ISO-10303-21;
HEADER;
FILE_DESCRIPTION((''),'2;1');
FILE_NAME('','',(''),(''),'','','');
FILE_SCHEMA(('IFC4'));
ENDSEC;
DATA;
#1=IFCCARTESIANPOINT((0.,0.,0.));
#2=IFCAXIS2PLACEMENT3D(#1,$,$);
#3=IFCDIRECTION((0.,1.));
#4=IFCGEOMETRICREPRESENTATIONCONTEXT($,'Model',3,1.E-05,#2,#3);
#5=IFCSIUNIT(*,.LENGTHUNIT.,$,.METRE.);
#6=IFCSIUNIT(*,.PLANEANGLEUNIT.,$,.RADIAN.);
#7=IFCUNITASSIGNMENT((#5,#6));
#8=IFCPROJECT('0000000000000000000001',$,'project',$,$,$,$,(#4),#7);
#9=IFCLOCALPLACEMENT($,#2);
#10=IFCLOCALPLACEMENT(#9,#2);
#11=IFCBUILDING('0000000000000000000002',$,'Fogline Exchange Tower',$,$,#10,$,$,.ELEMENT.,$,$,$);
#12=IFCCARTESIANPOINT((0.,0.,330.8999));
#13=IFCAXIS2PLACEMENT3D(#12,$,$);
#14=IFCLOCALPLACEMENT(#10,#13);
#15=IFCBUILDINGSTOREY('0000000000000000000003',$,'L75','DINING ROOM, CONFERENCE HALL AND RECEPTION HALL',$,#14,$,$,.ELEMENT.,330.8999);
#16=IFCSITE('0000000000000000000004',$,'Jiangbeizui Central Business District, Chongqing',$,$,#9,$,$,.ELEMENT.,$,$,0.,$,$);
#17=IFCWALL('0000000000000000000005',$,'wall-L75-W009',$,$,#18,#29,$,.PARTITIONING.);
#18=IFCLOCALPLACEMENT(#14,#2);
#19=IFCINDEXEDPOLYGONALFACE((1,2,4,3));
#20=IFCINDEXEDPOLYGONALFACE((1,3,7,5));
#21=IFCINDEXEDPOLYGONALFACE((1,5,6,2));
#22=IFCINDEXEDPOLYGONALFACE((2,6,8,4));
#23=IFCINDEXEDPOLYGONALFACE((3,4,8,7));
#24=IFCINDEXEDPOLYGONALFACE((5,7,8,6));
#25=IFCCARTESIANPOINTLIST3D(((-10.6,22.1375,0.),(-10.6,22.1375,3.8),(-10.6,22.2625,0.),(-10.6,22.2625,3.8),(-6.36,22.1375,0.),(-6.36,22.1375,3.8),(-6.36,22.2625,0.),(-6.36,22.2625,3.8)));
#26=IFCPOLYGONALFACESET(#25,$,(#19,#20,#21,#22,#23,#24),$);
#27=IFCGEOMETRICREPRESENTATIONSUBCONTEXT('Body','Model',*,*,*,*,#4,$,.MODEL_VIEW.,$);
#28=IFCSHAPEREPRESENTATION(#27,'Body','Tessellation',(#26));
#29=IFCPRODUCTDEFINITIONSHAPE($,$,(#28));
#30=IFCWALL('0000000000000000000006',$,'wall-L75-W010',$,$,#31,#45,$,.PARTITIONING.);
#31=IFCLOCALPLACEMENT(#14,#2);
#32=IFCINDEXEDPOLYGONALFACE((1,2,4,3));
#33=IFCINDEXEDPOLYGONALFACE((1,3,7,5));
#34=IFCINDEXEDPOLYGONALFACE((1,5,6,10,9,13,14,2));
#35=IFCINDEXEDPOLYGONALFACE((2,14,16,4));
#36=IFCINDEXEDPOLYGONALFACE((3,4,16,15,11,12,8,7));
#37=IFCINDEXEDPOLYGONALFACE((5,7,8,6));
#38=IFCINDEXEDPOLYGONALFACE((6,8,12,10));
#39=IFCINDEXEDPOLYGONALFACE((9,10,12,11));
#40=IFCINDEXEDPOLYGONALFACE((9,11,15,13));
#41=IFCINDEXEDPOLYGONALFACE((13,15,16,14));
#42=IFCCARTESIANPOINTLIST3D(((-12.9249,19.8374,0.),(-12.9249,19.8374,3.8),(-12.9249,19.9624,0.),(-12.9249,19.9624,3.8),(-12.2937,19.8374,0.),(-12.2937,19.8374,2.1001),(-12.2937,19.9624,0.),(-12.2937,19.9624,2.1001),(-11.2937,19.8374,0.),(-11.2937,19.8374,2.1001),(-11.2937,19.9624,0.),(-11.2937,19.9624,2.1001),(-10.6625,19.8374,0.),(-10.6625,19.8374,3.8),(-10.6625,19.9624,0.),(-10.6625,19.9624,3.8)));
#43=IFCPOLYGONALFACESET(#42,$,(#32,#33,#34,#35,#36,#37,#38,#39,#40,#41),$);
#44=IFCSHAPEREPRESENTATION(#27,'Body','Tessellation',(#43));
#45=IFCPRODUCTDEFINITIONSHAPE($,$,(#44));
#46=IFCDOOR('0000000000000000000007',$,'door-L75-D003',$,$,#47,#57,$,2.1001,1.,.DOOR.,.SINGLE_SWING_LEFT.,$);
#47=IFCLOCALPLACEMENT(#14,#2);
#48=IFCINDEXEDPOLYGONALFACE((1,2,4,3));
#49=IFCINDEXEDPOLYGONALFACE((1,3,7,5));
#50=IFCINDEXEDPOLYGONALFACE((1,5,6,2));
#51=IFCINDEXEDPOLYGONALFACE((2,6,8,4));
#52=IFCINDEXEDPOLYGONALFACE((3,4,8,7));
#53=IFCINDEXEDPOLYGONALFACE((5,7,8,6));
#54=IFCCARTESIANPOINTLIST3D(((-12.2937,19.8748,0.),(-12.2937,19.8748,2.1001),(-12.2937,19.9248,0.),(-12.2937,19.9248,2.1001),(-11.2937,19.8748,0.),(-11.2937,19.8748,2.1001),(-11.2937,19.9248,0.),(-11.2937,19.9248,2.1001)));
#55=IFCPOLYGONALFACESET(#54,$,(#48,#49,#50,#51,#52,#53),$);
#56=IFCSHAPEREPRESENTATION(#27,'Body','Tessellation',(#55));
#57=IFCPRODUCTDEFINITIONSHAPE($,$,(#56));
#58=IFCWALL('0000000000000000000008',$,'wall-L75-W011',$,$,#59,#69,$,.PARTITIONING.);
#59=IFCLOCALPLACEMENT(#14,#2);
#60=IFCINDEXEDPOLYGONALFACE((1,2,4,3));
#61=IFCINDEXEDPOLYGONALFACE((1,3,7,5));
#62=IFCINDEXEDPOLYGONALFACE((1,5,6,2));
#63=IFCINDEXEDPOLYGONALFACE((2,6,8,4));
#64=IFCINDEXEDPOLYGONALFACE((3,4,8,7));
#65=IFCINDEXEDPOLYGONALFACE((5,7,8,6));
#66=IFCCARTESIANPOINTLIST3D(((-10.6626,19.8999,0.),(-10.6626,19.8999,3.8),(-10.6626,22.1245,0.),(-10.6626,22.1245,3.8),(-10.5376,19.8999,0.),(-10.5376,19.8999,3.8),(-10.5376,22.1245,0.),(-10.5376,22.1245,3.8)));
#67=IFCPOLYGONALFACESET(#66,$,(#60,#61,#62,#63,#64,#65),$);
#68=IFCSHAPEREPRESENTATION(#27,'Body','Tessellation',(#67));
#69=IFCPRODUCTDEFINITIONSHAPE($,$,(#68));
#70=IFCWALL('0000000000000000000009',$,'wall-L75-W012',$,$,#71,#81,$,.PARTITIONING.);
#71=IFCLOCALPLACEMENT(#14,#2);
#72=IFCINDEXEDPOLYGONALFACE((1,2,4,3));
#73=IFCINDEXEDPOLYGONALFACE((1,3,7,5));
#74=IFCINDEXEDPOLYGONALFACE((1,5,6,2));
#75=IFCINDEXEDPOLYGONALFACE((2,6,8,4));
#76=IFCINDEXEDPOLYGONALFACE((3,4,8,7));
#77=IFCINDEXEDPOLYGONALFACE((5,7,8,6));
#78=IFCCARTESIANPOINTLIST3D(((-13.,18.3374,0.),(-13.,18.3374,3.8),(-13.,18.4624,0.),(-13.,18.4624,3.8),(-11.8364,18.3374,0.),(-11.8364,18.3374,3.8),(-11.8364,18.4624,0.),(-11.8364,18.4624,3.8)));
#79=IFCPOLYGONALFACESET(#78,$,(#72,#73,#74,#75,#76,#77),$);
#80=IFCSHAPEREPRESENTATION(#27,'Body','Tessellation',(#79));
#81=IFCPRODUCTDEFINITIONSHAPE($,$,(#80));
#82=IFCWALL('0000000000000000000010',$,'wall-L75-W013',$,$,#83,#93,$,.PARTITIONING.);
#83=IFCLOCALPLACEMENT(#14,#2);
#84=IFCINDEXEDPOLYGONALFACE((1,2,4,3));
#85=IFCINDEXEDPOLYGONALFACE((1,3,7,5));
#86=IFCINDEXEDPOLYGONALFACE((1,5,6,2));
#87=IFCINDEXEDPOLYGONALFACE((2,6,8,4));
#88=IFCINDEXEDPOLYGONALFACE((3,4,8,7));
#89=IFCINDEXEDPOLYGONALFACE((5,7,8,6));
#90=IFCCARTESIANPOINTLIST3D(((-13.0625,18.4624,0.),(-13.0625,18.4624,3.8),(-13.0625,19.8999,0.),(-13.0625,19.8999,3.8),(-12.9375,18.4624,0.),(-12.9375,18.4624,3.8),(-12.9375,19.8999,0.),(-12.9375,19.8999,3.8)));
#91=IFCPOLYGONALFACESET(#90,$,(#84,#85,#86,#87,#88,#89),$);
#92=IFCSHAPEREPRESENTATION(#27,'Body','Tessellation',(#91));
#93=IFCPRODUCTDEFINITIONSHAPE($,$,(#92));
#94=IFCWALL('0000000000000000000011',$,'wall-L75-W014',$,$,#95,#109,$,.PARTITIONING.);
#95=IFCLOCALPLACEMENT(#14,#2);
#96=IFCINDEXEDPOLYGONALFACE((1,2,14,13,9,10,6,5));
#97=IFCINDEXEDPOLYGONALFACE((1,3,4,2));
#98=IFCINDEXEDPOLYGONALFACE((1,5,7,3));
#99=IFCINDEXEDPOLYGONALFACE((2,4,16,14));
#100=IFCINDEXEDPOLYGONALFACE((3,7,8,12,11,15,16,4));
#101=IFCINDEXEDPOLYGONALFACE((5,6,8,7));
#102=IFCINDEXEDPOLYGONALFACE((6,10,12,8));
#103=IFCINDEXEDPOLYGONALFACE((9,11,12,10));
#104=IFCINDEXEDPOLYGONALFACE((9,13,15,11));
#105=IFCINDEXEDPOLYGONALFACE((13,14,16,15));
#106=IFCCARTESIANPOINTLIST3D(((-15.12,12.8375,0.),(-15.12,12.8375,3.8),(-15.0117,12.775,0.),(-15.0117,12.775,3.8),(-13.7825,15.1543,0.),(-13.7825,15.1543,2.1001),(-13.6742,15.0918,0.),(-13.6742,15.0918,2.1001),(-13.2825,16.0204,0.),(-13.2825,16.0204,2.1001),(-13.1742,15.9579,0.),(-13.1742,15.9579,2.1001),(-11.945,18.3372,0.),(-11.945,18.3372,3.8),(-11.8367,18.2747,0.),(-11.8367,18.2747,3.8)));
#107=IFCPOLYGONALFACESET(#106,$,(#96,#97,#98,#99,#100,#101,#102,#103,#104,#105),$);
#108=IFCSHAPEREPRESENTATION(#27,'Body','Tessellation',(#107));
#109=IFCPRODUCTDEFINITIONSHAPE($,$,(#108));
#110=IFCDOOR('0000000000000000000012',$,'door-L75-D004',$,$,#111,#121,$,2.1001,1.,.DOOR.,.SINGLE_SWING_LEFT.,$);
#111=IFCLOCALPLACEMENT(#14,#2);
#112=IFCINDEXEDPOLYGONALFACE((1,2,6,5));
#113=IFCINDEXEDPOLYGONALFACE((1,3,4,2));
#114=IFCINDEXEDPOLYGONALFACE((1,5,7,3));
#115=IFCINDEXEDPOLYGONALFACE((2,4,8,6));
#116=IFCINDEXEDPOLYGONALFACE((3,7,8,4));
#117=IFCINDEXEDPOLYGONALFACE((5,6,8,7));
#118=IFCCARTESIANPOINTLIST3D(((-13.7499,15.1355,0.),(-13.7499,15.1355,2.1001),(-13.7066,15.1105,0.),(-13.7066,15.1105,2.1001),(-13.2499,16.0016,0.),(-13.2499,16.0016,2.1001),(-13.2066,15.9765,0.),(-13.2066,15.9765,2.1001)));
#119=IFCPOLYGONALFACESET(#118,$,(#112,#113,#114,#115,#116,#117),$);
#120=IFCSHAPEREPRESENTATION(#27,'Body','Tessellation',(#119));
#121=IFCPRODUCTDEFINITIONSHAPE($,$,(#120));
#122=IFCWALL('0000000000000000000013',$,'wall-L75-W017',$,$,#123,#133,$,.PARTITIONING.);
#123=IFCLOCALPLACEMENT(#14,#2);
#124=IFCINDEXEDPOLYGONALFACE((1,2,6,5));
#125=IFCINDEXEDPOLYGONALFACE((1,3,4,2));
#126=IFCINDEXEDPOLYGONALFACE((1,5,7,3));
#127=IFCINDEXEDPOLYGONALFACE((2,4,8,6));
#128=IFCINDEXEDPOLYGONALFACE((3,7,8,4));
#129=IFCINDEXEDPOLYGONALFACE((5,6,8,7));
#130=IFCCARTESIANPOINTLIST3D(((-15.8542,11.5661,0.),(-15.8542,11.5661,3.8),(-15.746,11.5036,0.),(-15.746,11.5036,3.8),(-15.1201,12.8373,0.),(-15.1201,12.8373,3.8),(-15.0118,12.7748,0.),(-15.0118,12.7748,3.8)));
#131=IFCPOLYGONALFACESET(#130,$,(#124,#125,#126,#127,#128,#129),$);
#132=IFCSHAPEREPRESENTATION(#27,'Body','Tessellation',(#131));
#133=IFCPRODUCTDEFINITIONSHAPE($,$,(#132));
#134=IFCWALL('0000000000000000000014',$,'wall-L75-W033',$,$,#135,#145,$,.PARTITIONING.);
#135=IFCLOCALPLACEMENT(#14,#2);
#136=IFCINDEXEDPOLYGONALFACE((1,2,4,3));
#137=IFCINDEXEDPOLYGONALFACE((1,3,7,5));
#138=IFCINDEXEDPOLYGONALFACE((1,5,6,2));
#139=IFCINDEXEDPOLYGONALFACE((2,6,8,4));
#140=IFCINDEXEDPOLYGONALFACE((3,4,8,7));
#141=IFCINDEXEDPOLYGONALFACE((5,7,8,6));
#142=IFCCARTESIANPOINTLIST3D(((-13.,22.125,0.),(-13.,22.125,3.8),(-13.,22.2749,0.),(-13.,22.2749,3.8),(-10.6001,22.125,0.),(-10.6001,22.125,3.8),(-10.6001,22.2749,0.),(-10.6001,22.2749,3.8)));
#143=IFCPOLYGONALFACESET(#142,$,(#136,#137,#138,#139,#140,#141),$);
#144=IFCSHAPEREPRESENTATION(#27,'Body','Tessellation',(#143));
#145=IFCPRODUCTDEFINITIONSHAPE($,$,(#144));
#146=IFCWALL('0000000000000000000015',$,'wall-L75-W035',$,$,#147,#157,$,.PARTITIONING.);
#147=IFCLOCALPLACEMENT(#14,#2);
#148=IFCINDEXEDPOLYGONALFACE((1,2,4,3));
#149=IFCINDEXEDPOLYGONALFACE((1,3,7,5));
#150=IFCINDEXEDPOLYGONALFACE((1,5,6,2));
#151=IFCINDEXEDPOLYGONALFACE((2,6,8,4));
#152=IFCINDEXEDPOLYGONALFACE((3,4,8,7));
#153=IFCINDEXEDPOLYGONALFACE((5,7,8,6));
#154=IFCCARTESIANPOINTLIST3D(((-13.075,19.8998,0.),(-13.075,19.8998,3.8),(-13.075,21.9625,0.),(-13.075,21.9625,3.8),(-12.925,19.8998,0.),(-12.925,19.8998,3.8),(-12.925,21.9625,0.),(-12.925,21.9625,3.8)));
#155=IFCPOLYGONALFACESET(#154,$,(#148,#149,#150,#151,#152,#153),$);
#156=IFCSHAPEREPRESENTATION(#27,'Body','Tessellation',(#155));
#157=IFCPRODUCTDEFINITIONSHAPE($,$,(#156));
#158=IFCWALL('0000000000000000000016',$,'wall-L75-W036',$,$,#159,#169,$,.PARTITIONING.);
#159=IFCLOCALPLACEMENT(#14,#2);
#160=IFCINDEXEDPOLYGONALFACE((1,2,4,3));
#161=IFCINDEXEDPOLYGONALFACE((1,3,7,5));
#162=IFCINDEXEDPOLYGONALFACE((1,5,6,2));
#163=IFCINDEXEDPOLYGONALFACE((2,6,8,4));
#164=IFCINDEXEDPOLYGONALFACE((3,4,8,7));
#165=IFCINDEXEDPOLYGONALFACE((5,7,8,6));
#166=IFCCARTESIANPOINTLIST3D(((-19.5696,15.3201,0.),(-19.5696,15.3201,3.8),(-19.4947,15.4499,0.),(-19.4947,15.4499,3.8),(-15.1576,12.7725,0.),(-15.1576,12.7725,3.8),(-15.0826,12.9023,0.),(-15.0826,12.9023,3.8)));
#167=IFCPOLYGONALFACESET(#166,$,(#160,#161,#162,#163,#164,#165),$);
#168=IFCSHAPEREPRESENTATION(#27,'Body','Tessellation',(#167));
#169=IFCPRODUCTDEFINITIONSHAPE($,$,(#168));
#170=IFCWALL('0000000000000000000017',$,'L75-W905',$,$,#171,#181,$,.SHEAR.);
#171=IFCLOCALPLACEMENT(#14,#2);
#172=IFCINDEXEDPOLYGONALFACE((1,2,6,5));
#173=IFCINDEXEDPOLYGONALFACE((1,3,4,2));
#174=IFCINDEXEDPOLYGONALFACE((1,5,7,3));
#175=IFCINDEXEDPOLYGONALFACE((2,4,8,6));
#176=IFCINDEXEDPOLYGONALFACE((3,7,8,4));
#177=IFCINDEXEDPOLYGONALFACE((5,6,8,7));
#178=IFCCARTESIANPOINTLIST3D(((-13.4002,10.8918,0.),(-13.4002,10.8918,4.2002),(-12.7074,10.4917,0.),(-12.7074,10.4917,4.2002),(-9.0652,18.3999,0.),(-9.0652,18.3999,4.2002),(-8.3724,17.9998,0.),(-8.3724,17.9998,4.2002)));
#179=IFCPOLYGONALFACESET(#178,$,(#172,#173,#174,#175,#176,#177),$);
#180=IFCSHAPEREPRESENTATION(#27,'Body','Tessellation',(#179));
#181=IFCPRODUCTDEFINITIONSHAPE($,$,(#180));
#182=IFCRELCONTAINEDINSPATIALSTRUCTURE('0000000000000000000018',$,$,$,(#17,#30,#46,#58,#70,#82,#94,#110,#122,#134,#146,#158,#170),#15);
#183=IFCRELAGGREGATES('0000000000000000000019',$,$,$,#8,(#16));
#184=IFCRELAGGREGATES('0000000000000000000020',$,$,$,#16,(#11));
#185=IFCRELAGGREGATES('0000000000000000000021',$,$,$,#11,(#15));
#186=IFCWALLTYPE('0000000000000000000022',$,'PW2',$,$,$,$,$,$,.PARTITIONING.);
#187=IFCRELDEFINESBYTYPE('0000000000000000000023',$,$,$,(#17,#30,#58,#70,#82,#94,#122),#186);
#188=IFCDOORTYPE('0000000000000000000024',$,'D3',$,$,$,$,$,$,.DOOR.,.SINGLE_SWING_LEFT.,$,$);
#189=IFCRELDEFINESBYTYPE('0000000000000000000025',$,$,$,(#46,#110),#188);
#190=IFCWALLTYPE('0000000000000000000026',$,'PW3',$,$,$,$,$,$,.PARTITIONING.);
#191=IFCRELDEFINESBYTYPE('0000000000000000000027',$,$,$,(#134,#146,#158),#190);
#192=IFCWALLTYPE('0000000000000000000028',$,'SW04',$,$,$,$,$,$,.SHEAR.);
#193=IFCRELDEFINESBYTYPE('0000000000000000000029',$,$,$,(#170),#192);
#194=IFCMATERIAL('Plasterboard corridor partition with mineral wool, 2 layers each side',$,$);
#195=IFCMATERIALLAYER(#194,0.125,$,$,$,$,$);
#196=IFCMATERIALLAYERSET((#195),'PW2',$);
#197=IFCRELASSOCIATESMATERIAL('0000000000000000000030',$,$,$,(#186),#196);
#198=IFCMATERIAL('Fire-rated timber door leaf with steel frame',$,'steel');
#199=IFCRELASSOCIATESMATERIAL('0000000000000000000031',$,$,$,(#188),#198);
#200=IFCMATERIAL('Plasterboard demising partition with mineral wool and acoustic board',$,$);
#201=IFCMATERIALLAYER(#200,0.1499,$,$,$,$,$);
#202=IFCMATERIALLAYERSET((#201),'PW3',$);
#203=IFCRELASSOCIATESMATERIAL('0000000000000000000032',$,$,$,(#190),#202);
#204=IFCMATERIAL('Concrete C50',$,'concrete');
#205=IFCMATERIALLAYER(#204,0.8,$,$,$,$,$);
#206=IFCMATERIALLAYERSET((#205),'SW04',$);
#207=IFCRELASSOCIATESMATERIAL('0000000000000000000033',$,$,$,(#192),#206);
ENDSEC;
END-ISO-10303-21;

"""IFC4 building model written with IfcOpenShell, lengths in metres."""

from ifc_helpers import new_model, si_unit, direction, frame, frame_2d, origin, place, context, subcontext, project, spatial, rectangle, extrude, material, layer, layer_set, type_object, element, fill, save


model = new_model("IFC4")

# Units and contexts
model_context = context("Model", 3, precision=1e-05, world=origin(), true_north=direction((0.0, 1.0)))
body_context = subcontext(model_context, "Body", "Model", "MODEL_VIEW")
ifc_project = project(units=[si_unit("LENGTHUNIT", "METRE"), si_unit("PLANEANGLEUNIT", "RADIAN")], contexts=[model_context])

# Site, building, storey
site_placement = place(None, origin())
site = spatial("IfcSite", under=ifc_project, at=site_placement, Name="Jiangbeizui Central Business District, Chongqing", CompositionType="ELEMENT", RefElevation=0.0)
building_placement = place(site_placement, origin())
building = spatial("IfcBuilding", under=site, at=building_placement, Name="Fogline Exchange Tower", CompositionType="ELEMENT")
storey_placement = place(building_placement, frame((0.0, 0.0, 330.8999)))
storey = spatial("IfcBuildingStorey", under=building, at=storey_placement, Name="L75", Description="DINING ROOM, CONFERENCE HALL AND RECEPTION HALL", CompositionType="ELEMENT", Elevation=330.8999)

# Wall
ifc_material_1 = material(Name="Plasterboard corridor partition with mineral wool, 2 layers each side")
ifc_layer_1 = layer(ifc_material_1, 0.125)
ifc_layer_set_1 = layer_set([ifc_layer_1], Name="PW2")
wall_type_1 = type_object("IfcWallType", Name="PW2", PredefinedType="PARTITIONING", material=ifc_layer_set_1)
wall_1_placement = place(storey_placement, frame((-10.6001, 22.2, 0.0), z_axis=(0.0, 0.0, 1.0), x_axis=(1.0, 0.0, 0.0)))
element("IfcWall", 1, at=wall_1_placement, inside=storey, type_object=wall_type_1, Name="wall-L75-W009", PredefinedType="PARTITIONING", context=body_context, shape_type="SweptSolid", body=[
    extrude(rectangle(XDim=4.24, YDim=0.125, at=frame_2d((2.1201, 0.0))), origin(), (0.0, 0.0, 1.0), 3.8),
])

# Wall, opening, door
wall_2_placement = place(storey_placement, frame((-12.925, 19.8999, 0.0), z_axis=(0.0, 0.0, 1.0), x_axis=(1.0, 0.0, 0.0)))
wall_2 = element("IfcWall", 2, at=wall_2_placement, inside=storey, type_object=wall_type_1, Name="wall-L75-W010", PredefinedType="PARTITIONING", context=body_context, shape_type="SweptSolid", body=[
    extrude(rectangle(XDim=2.2625, YDim=0.125, at=frame_2d((1.1313, 0.0))), origin(), (0.0, 0.0, 1.0), 3.8),
])
opening_1_placement = place(wall_2_placement, frame((0.6313, 0.0, 0.0)))
opening_1 = element("IfcOpeningElement", 3, at=opening_1_placement, cuts=wall_2, PredefinedType="OPENING", context=body_context, shape_type="SweptSolid", body=[
    extrude(rectangle(XDim=1.0, YDim=2.1001, at=frame_2d((0.5, 1.05))), frame((0.0, 0.0725, 0.0), z_axis=(0.0, -1.0, 0.0), x_axis=(1.0, 0.0, 0.0)), (0.0, 0.0, 1.0), 0.145),
])
ifc_material_2 = material(Name="Fire-rated timber door leaf with steel frame", Category="steel")
door_type = type_object("IfcDoorType", Name="D3", OperationType="SINGLE_SWING_LEFT", PredefinedType="DOOR", material=ifc_material_2)
door_1_placement = place(opening_1_placement, origin())
door_1 = element("IfcDoor", 4, at=door_1_placement, inside=storey, type_object=door_type, Name="door-L75-D003", OperationType="SINGLE_SWING_LEFT", OverallHeight=2.1001, OverallWidth=1.0, PredefinedType="DOOR", context=body_context, shape_type="SweptSolid", body=[
    extrude(rectangle(XDim=1.0, YDim=2.1001, at=frame_2d((0.5, 1.05))), frame((0.0, 0.0249, 0.0), z_axis=(0.0, -1.0, 0.0), x_axis=(1.0, 0.0, 0.0)), (0.0, 0.0, 1.0), 0.05),
])
fill(opening_1, door_1)

# Walls
wall_3_placement = place(storey_placement, frame((-10.6001, 19.8999, 0.0), z_axis=(0.0, 0.0, 1.0), x_axis=(0.0, 1.0, 0.0)))
element("IfcWall", 5, at=wall_3_placement, inside=storey, type_object=wall_type_1, Name="wall-L75-W011", PredefinedType="PARTITIONING", context=body_context, shape_type="SweptSolid", body=[
    extrude(rectangle(XDim=2.2246, YDim=0.125, at=frame_2d((1.1123, 0.0))), origin(), (0.0, 0.0, 1.0), 3.8),
])
wall_4_placement = place(storey_placement, frame((-11.8364, 18.3999, 0.0), z_axis=(0.0, 0.0, 1.0), x_axis=(-1.0, 0.0, 0.0)))
element("IfcWall", 6, at=wall_4_placement, inside=storey, type_object=wall_type_1, Name="wall-L75-W012", PredefinedType="PARTITIONING", context=body_context, shape_type="SweptSolid", body=[
    extrude(rectangle(XDim=1.1636, YDim=0.125, at=frame_2d((0.5818, 0.0))), origin(), (0.0, 0.0, 1.0), 3.8),
])
wall_5_placement = place(storey_placement, frame((-13.0, 18.4624, 0.0), z_axis=(0.0, 0.0, 1.0), x_axis=(0.0, 1.0, 0.0)))
element("IfcWall", 7, at=wall_5_placement, inside=storey, type_object=wall_type_1, Name="wall-L75-W013", PredefinedType="PARTITIONING", context=body_context, shape_type="SweptSolid", body=[
    extrude(rectangle(XDim=1.4375, YDim=0.125, at=frame_2d((0.7188, 0.0))), origin(), (0.0, 0.0, 1.0), 3.8),
])

# Wall, opening, door
wall_6_placement = place(storey_placement, frame((-15.0659, 12.8062, 0.0), z_axis=(0.0, 0.0, 1.0), x_axis=(0.499972, 0.866042, 0.0)))
wall_6 = element("IfcWall", 8, at=wall_6_placement, inside=storey, type_object=wall_type_1, Name="wall-L75-W014", PredefinedType="PARTITIONING", context=body_context, shape_type="SweptSolid", body=[
    extrude(rectangle(XDim=6.3503, YDim=0.125, at=frame_2d((3.1753, 0.0))), origin(), (0.0, 0.0, 1.0), 3.8),
])
opening_2_placement = place(wall_6_placement, frame((2.6753, 0.0, 0.0)))
opening_2 = element("IfcOpeningElement", 9, at=opening_2_placement, cuts=wall_6, PredefinedType="OPENING", context=body_context, shape_type="SweptSolid", body=[
    extrude(rectangle(XDim=1.0, YDim=2.1001, at=frame_2d((0.5, 1.05))), frame((0.0, 0.0725, 0.0), z_axis=(0.0, -1.0, 0.0), x_axis=(1.0, 0.0, 0.0)), (0.0, 0.0, 1.0), 0.145),
])
door_2_placement = place(opening_2_placement, origin())
door_2 = element("IfcDoor", 10, at=door_2_placement, inside=storey, type_object=door_type, Name="door-L75-D004", OperationType="SINGLE_SWING_LEFT", OverallHeight=2.1001, OverallWidth=1.0, PredefinedType="DOOR", context=body_context, shape_type="SweptSolid", body=[
    extrude(rectangle(XDim=1.0, YDim=2.1001, at=frame_2d((0.5, 1.05))), frame((0.0, 0.0249, 0.0), z_axis=(0.0, -1.0, 0.0), x_axis=(1.0, 0.0, 0.0)), (0.0, 0.0, 1.0), 0.05),
])
fill(opening_2, door_2)

# Walls
wall_7_placement = place(storey_placement, frame((-15.8, 11.5349, 0.0), z_axis=(0.0, 0.0, 1.0), x_axis=(0.500092, 0.865972, 0.0)))
element("IfcWall", 11, at=wall_7_placement, inside=storey, type_object=wall_type_1, Name="wall-L75-W017", PredefinedType="PARTITIONING", context=body_context, shape_type="SweptSolid", body=[
    extrude(rectangle(XDim=1.468, YDim=0.125, at=frame_2d((0.7339, 0.0))), origin(), (0.0, 0.0, 1.0), 3.8),
])
ifc_material_3 = material(Name="Plasterboard demising partition with mineral wool and acoustic board")
ifc_layer_2 = layer(ifc_material_3, 0.1499)
ifc_layer_set_2 = layer_set([ifc_layer_2], Name="PW3")
wall_type_2 = type_object("IfcWallType", Name="PW3", PredefinedType="PARTITIONING", material=ifc_layer_set_2)
wall_8_placement = place(storey_placement, frame((-10.6001, 22.2, 0.0), z_axis=(0.0, 0.0, 1.0), x_axis=(-1.0, 0.0, 0.0)))
element("IfcWall", 12, at=wall_8_placement, inside=storey, type_object=wall_type_2, Name="wall-L75-W033", PredefinedType="PARTITIONING", context=body_context, shape_type="SweptSolid", body=[
    extrude(rectangle(XDim=2.3999, YDim=0.1499, at=frame_2d((1.2, 0.0))), origin(), (0.0, 0.0, 1.0), 3.8),
])
wall_9_placement = place(storey_placement, frame((-13.0, 19.8999, 0.0), z_axis=(0.0, 0.0, 1.0), x_axis=(0.0, 1.0, 0.0)))
element("IfcWall", 13, at=wall_9_placement, inside=storey, type_object=wall_type_2, Name="wall-L75-W035", PredefinedType="PARTITIONING", context=body_context, shape_type="SweptSolid", body=[
    extrude(rectangle(XDim=2.0627, YDim=0.1499, at=frame_2d((1.0312, 0.0))), origin(), (0.0, 0.0, 1.0), 3.8),
])
wall_10_placement = place(storey_placement, frame((-15.1201, 12.8374, 0.0), z_axis=(0.0, 0.0, 1.0), x_axis=(-0.866002, 0.50004, 0.0)))
element("IfcWall", 14, at=wall_10_placement, inside=storey, type_object=wall_type_2, Name="wall-L75-W036", PredefinedType="PARTITIONING", context=body_context, shape_type="SweptSolid", body=[
    extrude(rectangle(XDim=5.0947, YDim=0.1499, at=frame_2d((2.5474, 0.0))), origin(), (0.0, 0.0, 1.0), 3.8),
])
ifc_material_4 = material(Name="Concrete C50", Category="concrete")
ifc_layer_3 = layer(ifc_material_4, 0.8)
ifc_layer_set_3 = layer_set([ifc_layer_3], Name="SW04")
wall_type_3 = type_object("IfcWallType", Name="SW04", PredefinedType="SHEAR", material=ifc_layer_set_3)
wall_11_placement = place(storey_placement, frame((-8.7188, 18.2, 0.0), z_axis=(0.0, 0.0, 1.0), x_axis=(-0.500016, -0.866016, 0.0)))
element("IfcWall", 15, at=wall_11_placement, inside=storey, type_object=wall_type_3, Name="L75-W905", PredefinedType="SHEAR", context=body_context, shape_type="SweptSolid", body=[
    extrude(rectangle(XDim=8.6697, YDim=0.8, at=frame_2d((4.335, 0.0))), origin(), (0.0, 0.0, 1.0), 4.2002),
])

save(model, "model.ifc")
